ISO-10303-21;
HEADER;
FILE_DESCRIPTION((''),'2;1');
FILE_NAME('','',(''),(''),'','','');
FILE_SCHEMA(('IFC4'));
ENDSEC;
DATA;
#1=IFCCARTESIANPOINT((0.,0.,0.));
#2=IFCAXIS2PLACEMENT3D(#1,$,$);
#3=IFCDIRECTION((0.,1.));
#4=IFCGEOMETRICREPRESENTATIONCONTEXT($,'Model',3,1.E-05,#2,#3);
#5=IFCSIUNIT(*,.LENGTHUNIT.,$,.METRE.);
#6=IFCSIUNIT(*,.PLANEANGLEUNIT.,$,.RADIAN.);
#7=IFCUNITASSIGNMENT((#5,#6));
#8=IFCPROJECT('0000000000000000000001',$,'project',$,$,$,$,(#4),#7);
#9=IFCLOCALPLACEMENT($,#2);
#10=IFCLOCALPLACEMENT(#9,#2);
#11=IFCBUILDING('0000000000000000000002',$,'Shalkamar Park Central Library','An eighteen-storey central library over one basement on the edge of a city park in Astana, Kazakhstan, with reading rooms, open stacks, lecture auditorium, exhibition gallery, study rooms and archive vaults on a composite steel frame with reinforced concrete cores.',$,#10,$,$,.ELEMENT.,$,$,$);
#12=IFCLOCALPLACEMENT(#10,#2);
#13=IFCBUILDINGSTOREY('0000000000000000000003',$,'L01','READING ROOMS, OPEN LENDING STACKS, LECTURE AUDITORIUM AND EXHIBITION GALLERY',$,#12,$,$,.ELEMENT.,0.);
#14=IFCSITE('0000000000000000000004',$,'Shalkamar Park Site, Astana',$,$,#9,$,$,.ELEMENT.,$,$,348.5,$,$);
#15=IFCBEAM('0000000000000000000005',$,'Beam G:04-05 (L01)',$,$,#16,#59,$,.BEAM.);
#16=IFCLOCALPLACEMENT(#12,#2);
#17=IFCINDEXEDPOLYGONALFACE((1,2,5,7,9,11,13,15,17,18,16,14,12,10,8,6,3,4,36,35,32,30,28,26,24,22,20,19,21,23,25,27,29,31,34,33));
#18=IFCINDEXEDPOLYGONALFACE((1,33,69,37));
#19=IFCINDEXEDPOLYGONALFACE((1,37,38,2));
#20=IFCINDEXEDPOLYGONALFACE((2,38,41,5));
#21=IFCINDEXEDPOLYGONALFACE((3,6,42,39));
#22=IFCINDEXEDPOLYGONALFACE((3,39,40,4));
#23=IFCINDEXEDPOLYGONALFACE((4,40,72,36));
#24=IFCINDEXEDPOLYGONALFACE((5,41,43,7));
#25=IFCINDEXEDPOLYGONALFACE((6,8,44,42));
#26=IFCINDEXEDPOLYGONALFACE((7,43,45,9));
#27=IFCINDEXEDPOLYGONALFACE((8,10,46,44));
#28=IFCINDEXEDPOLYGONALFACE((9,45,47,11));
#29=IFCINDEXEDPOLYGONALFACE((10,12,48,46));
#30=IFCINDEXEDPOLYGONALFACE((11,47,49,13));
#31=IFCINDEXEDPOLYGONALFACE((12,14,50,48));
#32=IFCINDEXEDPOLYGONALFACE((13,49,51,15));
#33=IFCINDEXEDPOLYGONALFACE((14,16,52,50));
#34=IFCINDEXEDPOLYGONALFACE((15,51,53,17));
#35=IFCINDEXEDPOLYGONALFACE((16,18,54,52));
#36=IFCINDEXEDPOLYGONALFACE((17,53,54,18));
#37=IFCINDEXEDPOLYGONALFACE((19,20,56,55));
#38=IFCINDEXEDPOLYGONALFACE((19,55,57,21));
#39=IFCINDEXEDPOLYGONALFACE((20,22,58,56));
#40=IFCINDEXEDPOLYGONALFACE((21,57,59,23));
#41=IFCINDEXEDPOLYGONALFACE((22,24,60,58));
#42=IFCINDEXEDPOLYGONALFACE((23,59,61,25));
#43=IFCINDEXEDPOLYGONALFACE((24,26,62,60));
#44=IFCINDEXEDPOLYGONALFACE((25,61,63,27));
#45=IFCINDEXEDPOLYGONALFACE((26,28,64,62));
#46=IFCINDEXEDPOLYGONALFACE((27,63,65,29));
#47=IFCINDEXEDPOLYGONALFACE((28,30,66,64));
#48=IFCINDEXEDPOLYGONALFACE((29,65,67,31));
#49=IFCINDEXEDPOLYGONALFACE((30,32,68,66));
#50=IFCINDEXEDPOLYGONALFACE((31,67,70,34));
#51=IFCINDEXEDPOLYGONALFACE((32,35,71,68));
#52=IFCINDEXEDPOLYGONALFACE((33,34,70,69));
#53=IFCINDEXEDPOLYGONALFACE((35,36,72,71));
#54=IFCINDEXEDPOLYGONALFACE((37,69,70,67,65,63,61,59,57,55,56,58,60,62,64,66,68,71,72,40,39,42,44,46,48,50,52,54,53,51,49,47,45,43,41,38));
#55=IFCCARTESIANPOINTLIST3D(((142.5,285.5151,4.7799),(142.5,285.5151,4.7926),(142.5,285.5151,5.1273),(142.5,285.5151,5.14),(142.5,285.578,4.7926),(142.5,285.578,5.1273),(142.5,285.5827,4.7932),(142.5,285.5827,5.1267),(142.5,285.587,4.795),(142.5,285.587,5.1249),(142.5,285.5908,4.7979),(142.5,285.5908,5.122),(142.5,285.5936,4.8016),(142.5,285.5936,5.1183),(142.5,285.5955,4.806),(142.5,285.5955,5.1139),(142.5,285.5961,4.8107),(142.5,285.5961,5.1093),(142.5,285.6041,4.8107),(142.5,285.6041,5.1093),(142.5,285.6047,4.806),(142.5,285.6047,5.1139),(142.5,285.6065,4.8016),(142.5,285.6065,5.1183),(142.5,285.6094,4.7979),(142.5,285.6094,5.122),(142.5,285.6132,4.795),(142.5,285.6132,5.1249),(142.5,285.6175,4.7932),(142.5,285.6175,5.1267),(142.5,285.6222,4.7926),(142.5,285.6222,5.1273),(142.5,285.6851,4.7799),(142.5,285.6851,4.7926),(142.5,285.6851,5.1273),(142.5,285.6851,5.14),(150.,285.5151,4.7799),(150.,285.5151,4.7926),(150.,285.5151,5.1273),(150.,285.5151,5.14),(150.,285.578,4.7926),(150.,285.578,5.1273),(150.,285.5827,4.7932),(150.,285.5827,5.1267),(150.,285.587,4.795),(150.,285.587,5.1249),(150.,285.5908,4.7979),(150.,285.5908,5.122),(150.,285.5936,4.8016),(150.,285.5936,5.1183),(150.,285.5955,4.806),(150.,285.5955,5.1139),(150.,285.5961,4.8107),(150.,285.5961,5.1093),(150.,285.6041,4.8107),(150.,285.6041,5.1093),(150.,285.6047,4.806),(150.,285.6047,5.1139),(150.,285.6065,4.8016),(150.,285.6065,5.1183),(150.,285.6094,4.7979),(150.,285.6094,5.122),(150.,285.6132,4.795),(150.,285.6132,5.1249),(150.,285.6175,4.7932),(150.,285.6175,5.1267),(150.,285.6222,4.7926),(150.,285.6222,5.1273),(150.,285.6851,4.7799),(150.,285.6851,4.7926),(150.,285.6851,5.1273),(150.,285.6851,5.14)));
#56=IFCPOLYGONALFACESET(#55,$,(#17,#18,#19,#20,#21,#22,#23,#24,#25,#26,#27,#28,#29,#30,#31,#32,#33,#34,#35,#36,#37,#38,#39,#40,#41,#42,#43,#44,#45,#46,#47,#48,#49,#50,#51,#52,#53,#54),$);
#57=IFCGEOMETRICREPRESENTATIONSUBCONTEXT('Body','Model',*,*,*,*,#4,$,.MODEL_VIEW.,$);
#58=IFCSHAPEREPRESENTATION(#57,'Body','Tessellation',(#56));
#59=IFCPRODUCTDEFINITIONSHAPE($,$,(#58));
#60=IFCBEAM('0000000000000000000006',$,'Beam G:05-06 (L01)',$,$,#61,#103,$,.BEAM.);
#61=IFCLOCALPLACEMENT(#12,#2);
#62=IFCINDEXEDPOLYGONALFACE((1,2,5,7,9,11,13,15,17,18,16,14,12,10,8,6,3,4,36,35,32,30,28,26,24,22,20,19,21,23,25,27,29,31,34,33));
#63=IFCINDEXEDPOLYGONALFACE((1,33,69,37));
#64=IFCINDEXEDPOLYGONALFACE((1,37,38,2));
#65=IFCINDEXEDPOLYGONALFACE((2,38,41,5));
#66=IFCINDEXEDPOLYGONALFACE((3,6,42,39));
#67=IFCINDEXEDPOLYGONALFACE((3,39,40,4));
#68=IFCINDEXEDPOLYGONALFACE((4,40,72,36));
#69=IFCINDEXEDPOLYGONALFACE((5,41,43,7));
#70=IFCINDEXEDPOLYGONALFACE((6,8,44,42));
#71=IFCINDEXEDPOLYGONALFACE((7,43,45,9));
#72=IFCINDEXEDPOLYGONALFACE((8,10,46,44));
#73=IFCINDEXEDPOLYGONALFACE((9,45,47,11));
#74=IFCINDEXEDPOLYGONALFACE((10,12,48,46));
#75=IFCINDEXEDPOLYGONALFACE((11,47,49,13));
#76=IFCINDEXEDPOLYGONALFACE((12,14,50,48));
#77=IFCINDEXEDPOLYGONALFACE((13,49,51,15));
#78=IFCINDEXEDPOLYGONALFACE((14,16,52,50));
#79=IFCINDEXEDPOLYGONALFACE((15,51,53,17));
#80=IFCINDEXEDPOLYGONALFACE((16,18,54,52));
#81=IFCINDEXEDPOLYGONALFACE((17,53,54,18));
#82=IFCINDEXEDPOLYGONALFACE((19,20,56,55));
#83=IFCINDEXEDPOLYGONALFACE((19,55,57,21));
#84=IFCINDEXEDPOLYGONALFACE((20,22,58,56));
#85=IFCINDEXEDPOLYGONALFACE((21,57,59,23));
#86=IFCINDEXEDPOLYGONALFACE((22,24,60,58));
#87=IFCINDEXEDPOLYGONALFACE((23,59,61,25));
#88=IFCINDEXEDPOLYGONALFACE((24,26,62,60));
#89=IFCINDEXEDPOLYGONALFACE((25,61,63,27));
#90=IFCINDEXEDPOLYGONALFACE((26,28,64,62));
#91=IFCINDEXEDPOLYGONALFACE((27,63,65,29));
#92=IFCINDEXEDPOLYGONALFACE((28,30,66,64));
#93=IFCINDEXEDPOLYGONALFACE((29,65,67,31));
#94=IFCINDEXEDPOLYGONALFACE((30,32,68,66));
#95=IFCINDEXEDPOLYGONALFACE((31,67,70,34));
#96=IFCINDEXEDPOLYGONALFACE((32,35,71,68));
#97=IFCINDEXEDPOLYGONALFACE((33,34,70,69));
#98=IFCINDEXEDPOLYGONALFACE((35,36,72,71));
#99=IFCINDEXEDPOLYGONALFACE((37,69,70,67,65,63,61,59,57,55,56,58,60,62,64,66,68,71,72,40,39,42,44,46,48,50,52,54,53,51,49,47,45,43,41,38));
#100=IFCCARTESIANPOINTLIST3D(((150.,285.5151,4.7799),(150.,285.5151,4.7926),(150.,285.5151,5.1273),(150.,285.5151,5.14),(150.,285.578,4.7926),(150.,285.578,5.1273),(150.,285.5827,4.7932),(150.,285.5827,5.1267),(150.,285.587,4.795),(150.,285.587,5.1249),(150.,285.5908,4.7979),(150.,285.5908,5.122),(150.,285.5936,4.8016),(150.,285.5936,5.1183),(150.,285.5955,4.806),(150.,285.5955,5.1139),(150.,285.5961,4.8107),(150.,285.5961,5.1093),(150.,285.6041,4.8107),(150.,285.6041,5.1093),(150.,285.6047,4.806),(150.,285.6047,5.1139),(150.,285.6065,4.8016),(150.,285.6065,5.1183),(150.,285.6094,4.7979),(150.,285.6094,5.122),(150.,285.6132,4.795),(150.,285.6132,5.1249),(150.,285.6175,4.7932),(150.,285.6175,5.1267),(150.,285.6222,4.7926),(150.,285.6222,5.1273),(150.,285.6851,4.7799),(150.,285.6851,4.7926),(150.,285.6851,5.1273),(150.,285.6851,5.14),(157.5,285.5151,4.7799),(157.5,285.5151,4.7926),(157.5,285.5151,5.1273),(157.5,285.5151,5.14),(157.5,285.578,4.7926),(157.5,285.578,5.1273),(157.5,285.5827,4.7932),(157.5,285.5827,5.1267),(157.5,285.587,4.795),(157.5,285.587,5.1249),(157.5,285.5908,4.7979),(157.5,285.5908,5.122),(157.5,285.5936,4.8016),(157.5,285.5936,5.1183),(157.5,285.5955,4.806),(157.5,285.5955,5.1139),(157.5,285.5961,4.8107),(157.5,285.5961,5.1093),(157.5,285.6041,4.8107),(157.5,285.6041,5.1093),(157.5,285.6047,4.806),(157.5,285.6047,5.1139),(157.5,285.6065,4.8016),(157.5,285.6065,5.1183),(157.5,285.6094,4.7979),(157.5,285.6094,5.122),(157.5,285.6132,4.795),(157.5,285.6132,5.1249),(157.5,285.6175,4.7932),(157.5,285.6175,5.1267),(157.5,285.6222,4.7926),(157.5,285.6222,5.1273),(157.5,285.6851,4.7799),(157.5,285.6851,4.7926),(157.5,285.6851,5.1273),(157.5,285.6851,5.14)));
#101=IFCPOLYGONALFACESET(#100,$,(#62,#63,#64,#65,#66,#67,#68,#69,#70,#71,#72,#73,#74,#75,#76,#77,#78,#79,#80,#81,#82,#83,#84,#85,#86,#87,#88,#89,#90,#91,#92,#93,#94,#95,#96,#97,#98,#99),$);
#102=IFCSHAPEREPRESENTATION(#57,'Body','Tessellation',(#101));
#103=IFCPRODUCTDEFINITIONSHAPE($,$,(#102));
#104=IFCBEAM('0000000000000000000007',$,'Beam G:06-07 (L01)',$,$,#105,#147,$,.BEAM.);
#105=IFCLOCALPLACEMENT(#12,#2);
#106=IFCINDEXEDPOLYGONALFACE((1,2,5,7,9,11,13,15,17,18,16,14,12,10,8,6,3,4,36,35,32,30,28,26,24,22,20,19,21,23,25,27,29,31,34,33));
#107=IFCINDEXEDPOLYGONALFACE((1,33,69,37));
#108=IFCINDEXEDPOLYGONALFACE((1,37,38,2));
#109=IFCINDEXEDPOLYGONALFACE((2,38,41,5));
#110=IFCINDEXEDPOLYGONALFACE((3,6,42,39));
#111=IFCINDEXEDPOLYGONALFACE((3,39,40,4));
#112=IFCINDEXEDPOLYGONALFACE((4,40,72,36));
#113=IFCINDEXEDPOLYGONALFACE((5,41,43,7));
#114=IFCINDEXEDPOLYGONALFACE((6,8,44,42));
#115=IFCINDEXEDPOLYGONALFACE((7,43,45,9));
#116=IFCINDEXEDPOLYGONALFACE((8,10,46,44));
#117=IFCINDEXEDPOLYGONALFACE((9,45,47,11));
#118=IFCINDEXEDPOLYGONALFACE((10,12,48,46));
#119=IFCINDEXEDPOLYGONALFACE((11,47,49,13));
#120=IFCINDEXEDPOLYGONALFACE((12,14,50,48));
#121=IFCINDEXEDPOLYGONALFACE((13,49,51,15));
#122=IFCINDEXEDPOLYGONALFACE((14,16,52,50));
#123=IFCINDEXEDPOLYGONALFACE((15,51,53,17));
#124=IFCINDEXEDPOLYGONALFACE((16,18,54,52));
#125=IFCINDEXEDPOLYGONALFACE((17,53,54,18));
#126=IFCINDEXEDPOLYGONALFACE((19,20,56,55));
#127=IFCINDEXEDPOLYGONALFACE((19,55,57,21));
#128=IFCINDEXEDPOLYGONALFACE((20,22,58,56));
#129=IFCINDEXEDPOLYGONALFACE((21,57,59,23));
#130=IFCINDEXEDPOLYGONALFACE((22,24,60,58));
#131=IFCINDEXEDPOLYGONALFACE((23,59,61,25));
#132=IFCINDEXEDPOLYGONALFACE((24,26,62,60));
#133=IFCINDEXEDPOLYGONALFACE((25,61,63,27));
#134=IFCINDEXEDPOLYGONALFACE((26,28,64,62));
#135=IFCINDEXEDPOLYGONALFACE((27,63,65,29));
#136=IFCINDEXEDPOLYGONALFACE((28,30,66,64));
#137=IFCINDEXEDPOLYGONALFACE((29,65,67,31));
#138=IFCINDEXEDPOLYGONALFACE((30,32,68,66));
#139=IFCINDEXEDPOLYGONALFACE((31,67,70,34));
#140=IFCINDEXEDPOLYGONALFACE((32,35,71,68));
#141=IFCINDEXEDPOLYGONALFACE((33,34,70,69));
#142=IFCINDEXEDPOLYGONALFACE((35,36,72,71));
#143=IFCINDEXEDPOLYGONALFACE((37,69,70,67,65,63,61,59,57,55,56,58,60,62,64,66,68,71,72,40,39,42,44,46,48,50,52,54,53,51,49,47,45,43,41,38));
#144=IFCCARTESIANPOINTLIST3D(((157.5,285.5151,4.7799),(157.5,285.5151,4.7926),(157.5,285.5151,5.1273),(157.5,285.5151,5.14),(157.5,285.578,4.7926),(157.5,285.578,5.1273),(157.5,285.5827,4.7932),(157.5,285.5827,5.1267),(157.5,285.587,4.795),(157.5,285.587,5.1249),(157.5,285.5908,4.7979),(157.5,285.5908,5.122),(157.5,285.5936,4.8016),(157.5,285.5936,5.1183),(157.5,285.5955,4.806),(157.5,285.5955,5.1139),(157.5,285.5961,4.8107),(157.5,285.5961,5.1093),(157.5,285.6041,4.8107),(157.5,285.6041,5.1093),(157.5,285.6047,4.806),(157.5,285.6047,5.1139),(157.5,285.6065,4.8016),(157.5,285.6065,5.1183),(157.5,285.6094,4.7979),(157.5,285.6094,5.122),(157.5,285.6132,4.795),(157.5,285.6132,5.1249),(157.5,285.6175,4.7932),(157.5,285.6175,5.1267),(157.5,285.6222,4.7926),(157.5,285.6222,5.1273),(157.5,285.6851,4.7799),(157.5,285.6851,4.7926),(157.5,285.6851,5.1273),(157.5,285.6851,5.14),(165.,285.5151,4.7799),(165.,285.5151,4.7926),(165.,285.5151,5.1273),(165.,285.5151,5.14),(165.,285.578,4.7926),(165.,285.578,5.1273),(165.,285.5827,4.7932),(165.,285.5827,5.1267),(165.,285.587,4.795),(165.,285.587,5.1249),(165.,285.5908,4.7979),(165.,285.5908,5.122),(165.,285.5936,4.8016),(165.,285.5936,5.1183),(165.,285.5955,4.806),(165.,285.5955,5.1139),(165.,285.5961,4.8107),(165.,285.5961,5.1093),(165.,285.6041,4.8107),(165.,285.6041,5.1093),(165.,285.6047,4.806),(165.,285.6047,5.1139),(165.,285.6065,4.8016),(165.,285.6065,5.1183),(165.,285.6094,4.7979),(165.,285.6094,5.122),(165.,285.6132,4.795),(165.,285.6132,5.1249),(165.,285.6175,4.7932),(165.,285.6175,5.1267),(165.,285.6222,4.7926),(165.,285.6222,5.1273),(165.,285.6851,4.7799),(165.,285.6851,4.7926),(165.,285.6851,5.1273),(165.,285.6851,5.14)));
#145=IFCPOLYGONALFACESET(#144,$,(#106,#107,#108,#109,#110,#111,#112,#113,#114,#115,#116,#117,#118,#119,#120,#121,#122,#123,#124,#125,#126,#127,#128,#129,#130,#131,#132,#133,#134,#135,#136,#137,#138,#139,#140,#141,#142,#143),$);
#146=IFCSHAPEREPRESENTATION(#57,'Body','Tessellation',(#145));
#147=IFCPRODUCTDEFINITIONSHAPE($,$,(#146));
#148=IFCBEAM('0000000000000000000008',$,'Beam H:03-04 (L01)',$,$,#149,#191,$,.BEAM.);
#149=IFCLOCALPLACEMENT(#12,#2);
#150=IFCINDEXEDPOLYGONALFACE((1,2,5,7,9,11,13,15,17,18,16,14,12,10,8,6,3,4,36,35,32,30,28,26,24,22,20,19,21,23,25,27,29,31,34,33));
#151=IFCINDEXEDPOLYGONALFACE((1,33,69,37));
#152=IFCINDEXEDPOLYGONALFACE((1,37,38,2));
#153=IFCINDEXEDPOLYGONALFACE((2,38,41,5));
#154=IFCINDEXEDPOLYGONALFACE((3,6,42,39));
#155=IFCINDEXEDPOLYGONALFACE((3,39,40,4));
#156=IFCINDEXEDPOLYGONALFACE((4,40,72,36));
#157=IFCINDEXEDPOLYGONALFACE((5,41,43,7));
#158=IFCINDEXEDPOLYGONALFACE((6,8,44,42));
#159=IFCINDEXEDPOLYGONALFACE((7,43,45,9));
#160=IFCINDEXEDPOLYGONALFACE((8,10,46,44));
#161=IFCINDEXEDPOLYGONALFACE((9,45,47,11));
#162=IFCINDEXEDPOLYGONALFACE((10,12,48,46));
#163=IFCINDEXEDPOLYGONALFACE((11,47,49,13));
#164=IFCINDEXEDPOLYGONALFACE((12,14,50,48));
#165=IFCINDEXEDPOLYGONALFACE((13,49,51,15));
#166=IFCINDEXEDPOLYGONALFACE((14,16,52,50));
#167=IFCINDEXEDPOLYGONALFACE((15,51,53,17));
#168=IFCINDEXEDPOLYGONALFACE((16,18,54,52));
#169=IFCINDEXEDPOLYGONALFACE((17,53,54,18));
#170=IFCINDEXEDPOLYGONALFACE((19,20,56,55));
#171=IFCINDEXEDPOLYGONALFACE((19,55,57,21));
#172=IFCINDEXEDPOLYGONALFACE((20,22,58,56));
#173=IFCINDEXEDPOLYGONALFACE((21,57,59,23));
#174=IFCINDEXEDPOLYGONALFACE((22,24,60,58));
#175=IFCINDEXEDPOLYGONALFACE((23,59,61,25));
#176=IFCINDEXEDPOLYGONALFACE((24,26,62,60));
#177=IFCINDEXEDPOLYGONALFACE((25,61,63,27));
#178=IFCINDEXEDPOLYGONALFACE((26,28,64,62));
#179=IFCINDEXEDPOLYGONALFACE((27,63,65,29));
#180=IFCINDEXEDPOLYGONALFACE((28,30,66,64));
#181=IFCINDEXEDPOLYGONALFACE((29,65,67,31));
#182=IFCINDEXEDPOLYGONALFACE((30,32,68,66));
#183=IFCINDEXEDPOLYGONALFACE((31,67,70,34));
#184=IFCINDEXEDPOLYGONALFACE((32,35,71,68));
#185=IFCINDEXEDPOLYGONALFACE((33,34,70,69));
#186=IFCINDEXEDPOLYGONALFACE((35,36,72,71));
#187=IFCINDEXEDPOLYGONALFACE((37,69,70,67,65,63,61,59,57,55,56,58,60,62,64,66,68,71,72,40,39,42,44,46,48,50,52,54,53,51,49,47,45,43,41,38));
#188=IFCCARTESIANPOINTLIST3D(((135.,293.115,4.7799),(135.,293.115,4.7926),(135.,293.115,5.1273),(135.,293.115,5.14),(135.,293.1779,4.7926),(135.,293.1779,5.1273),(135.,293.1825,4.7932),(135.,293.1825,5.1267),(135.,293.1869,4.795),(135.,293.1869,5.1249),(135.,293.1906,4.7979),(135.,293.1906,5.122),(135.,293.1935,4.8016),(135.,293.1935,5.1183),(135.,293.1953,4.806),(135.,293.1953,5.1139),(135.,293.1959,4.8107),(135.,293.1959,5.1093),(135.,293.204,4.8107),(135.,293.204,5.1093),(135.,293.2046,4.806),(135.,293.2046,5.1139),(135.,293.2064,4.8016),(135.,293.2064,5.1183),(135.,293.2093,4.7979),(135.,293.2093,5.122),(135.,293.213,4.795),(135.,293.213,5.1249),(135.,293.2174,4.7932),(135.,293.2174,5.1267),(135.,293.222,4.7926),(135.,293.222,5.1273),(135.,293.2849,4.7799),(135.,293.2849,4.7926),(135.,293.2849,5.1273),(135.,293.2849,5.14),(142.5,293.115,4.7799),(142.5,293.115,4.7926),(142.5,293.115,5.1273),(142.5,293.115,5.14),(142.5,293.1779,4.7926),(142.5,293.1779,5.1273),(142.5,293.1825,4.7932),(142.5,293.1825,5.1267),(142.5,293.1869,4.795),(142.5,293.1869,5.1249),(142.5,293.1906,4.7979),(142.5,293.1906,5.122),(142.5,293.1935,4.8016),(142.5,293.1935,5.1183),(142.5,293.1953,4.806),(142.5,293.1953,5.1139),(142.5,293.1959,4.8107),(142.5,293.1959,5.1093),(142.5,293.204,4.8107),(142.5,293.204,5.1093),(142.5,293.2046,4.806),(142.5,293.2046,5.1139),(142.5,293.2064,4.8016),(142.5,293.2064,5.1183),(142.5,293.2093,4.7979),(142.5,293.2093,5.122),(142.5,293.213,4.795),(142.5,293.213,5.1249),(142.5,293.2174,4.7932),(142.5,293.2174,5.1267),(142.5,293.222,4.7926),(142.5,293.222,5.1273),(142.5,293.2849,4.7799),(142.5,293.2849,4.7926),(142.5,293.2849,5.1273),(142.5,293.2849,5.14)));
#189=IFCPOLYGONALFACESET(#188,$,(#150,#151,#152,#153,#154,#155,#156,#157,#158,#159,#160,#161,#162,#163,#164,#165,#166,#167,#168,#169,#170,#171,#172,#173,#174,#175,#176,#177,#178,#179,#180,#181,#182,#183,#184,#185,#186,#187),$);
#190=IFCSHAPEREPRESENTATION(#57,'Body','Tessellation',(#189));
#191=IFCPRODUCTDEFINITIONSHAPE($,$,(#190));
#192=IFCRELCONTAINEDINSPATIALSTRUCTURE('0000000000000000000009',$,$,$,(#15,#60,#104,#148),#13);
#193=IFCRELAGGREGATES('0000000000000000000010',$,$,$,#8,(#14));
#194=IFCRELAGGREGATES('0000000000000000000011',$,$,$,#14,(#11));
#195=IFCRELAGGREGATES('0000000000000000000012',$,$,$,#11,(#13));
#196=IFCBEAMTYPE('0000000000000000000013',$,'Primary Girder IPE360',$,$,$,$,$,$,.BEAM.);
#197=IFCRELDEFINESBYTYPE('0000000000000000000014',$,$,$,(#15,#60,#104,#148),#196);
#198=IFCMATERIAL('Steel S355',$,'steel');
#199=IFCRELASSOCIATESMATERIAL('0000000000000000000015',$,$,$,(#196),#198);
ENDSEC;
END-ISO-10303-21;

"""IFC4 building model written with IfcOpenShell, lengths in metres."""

from ifc_helpers import new_model, si_unit, direction, frame, origin, origin_2d, place, context, subcontext, project, spatial, i_section, extrude, material, material_profile, profile_set, type_object, element, save


model = new_model("IFC4")

# Units and contexts
model_context = context("Model", 3, precision=1e-05, world=origin(), true_north=direction((0.0, 1.0)))
body_context = subcontext(model_context, "Body", "Model", "MODEL_VIEW")
ifc_project = project(units=[si_unit("LENGTHUNIT", "METRE"), si_unit("PLANEANGLEUNIT", "RADIAN")], contexts=[model_context])

# Site, building, storey
site_placement = place(None, origin())
site = spatial("IfcSite", under=ifc_project, at=site_placement, Name="Shalkamar Park Site, Astana", CompositionType="ELEMENT", RefElevation=348.5)
building_placement = place(site_placement, origin())
building = spatial("IfcBuilding", under=site, at=building_placement, Name="Shalkamar Park Central Library", Description="An eighteen-storey central library over one basement on the edge of a city park in Astana, Kazakhstan, with reading rooms, open stacks, lecture auditorium, exhibition gallery, study rooms and archive vaults on a composite steel frame with reinforced concrete cores.", CompositionType="ELEMENT")
storey_placement = place(building_placement, origin())
storey = spatial("IfcBuildingStorey", under=building, at=storey_placement, Name="L01", Description="READING ROOMS, OPEN LENDING STACKS, LECTURE AUDITORIUM AND EXHIBITION GALLERY", CompositionType="ELEMENT", Elevation=0.0)

# Shared definitions
ifc_material = material(Name="Steel S355", Category="steel")

# Beams
ifc_material_profile_1 = material_profile(ifc_material, i_section(OverallWidth=0.1699, OverallDepth=0.3601, WebThickness=0.0081, FlangeThickness=0.0127, FilletRadius=0.0181, at=origin_2d()), Name="IPE 360")
ifc_profile_set_1 = profile_set([ifc_material_profile_1], Name="Steel S355")
beam_type = type_object("IfcBeamType", Name="Primary Girder IPE360", PredefinedType="BEAM", material=ifc_profile_set_1)
for number, where, z_axis, x_axis, name in (
    (1, (142.5, 285.6001, 4.96), (1.0, 0.0, 0.0), (0.0, 1.0, 0.0), "Beam G:04-05 (L01)"),
    (2, (150.0, 285.6001, 4.96), (1.0, 0.0, 0.0), (0.0, 1.0, 0.0), "Beam G:05-06 (L01)"),
    (3, (157.5, 285.6001, 4.96), (1.0, 0.0, 0.0), (0.0, 1.0, 0.0), "Beam G:06-07 (L01)"),
    (4, (135.0, 293.2, 4.96), (1.0, 0.0, 0.0), (0.0, 1.0, 0.0), "Beam H:03-04 (L01)"),
):
    element("IfcBeam", number, at=place(storey_placement, frame(where, z_axis=z_axis, x_axis=x_axis)), inside=storey, type_object=beam_type, Name=name, PredefinedType="BEAM", context=body_context, shape_type="SweptSolid", body=[
        extrude(i_section(OverallWidth=0.1699, OverallDepth=0.3601, WebThickness=0.0081, FlangeThickness=0.0127, FilletRadius=0.0181, at=origin_2d()), origin(), (0.0, 0.0, 1.0), 7.5),
    ])

save(model, "model.ifc")
